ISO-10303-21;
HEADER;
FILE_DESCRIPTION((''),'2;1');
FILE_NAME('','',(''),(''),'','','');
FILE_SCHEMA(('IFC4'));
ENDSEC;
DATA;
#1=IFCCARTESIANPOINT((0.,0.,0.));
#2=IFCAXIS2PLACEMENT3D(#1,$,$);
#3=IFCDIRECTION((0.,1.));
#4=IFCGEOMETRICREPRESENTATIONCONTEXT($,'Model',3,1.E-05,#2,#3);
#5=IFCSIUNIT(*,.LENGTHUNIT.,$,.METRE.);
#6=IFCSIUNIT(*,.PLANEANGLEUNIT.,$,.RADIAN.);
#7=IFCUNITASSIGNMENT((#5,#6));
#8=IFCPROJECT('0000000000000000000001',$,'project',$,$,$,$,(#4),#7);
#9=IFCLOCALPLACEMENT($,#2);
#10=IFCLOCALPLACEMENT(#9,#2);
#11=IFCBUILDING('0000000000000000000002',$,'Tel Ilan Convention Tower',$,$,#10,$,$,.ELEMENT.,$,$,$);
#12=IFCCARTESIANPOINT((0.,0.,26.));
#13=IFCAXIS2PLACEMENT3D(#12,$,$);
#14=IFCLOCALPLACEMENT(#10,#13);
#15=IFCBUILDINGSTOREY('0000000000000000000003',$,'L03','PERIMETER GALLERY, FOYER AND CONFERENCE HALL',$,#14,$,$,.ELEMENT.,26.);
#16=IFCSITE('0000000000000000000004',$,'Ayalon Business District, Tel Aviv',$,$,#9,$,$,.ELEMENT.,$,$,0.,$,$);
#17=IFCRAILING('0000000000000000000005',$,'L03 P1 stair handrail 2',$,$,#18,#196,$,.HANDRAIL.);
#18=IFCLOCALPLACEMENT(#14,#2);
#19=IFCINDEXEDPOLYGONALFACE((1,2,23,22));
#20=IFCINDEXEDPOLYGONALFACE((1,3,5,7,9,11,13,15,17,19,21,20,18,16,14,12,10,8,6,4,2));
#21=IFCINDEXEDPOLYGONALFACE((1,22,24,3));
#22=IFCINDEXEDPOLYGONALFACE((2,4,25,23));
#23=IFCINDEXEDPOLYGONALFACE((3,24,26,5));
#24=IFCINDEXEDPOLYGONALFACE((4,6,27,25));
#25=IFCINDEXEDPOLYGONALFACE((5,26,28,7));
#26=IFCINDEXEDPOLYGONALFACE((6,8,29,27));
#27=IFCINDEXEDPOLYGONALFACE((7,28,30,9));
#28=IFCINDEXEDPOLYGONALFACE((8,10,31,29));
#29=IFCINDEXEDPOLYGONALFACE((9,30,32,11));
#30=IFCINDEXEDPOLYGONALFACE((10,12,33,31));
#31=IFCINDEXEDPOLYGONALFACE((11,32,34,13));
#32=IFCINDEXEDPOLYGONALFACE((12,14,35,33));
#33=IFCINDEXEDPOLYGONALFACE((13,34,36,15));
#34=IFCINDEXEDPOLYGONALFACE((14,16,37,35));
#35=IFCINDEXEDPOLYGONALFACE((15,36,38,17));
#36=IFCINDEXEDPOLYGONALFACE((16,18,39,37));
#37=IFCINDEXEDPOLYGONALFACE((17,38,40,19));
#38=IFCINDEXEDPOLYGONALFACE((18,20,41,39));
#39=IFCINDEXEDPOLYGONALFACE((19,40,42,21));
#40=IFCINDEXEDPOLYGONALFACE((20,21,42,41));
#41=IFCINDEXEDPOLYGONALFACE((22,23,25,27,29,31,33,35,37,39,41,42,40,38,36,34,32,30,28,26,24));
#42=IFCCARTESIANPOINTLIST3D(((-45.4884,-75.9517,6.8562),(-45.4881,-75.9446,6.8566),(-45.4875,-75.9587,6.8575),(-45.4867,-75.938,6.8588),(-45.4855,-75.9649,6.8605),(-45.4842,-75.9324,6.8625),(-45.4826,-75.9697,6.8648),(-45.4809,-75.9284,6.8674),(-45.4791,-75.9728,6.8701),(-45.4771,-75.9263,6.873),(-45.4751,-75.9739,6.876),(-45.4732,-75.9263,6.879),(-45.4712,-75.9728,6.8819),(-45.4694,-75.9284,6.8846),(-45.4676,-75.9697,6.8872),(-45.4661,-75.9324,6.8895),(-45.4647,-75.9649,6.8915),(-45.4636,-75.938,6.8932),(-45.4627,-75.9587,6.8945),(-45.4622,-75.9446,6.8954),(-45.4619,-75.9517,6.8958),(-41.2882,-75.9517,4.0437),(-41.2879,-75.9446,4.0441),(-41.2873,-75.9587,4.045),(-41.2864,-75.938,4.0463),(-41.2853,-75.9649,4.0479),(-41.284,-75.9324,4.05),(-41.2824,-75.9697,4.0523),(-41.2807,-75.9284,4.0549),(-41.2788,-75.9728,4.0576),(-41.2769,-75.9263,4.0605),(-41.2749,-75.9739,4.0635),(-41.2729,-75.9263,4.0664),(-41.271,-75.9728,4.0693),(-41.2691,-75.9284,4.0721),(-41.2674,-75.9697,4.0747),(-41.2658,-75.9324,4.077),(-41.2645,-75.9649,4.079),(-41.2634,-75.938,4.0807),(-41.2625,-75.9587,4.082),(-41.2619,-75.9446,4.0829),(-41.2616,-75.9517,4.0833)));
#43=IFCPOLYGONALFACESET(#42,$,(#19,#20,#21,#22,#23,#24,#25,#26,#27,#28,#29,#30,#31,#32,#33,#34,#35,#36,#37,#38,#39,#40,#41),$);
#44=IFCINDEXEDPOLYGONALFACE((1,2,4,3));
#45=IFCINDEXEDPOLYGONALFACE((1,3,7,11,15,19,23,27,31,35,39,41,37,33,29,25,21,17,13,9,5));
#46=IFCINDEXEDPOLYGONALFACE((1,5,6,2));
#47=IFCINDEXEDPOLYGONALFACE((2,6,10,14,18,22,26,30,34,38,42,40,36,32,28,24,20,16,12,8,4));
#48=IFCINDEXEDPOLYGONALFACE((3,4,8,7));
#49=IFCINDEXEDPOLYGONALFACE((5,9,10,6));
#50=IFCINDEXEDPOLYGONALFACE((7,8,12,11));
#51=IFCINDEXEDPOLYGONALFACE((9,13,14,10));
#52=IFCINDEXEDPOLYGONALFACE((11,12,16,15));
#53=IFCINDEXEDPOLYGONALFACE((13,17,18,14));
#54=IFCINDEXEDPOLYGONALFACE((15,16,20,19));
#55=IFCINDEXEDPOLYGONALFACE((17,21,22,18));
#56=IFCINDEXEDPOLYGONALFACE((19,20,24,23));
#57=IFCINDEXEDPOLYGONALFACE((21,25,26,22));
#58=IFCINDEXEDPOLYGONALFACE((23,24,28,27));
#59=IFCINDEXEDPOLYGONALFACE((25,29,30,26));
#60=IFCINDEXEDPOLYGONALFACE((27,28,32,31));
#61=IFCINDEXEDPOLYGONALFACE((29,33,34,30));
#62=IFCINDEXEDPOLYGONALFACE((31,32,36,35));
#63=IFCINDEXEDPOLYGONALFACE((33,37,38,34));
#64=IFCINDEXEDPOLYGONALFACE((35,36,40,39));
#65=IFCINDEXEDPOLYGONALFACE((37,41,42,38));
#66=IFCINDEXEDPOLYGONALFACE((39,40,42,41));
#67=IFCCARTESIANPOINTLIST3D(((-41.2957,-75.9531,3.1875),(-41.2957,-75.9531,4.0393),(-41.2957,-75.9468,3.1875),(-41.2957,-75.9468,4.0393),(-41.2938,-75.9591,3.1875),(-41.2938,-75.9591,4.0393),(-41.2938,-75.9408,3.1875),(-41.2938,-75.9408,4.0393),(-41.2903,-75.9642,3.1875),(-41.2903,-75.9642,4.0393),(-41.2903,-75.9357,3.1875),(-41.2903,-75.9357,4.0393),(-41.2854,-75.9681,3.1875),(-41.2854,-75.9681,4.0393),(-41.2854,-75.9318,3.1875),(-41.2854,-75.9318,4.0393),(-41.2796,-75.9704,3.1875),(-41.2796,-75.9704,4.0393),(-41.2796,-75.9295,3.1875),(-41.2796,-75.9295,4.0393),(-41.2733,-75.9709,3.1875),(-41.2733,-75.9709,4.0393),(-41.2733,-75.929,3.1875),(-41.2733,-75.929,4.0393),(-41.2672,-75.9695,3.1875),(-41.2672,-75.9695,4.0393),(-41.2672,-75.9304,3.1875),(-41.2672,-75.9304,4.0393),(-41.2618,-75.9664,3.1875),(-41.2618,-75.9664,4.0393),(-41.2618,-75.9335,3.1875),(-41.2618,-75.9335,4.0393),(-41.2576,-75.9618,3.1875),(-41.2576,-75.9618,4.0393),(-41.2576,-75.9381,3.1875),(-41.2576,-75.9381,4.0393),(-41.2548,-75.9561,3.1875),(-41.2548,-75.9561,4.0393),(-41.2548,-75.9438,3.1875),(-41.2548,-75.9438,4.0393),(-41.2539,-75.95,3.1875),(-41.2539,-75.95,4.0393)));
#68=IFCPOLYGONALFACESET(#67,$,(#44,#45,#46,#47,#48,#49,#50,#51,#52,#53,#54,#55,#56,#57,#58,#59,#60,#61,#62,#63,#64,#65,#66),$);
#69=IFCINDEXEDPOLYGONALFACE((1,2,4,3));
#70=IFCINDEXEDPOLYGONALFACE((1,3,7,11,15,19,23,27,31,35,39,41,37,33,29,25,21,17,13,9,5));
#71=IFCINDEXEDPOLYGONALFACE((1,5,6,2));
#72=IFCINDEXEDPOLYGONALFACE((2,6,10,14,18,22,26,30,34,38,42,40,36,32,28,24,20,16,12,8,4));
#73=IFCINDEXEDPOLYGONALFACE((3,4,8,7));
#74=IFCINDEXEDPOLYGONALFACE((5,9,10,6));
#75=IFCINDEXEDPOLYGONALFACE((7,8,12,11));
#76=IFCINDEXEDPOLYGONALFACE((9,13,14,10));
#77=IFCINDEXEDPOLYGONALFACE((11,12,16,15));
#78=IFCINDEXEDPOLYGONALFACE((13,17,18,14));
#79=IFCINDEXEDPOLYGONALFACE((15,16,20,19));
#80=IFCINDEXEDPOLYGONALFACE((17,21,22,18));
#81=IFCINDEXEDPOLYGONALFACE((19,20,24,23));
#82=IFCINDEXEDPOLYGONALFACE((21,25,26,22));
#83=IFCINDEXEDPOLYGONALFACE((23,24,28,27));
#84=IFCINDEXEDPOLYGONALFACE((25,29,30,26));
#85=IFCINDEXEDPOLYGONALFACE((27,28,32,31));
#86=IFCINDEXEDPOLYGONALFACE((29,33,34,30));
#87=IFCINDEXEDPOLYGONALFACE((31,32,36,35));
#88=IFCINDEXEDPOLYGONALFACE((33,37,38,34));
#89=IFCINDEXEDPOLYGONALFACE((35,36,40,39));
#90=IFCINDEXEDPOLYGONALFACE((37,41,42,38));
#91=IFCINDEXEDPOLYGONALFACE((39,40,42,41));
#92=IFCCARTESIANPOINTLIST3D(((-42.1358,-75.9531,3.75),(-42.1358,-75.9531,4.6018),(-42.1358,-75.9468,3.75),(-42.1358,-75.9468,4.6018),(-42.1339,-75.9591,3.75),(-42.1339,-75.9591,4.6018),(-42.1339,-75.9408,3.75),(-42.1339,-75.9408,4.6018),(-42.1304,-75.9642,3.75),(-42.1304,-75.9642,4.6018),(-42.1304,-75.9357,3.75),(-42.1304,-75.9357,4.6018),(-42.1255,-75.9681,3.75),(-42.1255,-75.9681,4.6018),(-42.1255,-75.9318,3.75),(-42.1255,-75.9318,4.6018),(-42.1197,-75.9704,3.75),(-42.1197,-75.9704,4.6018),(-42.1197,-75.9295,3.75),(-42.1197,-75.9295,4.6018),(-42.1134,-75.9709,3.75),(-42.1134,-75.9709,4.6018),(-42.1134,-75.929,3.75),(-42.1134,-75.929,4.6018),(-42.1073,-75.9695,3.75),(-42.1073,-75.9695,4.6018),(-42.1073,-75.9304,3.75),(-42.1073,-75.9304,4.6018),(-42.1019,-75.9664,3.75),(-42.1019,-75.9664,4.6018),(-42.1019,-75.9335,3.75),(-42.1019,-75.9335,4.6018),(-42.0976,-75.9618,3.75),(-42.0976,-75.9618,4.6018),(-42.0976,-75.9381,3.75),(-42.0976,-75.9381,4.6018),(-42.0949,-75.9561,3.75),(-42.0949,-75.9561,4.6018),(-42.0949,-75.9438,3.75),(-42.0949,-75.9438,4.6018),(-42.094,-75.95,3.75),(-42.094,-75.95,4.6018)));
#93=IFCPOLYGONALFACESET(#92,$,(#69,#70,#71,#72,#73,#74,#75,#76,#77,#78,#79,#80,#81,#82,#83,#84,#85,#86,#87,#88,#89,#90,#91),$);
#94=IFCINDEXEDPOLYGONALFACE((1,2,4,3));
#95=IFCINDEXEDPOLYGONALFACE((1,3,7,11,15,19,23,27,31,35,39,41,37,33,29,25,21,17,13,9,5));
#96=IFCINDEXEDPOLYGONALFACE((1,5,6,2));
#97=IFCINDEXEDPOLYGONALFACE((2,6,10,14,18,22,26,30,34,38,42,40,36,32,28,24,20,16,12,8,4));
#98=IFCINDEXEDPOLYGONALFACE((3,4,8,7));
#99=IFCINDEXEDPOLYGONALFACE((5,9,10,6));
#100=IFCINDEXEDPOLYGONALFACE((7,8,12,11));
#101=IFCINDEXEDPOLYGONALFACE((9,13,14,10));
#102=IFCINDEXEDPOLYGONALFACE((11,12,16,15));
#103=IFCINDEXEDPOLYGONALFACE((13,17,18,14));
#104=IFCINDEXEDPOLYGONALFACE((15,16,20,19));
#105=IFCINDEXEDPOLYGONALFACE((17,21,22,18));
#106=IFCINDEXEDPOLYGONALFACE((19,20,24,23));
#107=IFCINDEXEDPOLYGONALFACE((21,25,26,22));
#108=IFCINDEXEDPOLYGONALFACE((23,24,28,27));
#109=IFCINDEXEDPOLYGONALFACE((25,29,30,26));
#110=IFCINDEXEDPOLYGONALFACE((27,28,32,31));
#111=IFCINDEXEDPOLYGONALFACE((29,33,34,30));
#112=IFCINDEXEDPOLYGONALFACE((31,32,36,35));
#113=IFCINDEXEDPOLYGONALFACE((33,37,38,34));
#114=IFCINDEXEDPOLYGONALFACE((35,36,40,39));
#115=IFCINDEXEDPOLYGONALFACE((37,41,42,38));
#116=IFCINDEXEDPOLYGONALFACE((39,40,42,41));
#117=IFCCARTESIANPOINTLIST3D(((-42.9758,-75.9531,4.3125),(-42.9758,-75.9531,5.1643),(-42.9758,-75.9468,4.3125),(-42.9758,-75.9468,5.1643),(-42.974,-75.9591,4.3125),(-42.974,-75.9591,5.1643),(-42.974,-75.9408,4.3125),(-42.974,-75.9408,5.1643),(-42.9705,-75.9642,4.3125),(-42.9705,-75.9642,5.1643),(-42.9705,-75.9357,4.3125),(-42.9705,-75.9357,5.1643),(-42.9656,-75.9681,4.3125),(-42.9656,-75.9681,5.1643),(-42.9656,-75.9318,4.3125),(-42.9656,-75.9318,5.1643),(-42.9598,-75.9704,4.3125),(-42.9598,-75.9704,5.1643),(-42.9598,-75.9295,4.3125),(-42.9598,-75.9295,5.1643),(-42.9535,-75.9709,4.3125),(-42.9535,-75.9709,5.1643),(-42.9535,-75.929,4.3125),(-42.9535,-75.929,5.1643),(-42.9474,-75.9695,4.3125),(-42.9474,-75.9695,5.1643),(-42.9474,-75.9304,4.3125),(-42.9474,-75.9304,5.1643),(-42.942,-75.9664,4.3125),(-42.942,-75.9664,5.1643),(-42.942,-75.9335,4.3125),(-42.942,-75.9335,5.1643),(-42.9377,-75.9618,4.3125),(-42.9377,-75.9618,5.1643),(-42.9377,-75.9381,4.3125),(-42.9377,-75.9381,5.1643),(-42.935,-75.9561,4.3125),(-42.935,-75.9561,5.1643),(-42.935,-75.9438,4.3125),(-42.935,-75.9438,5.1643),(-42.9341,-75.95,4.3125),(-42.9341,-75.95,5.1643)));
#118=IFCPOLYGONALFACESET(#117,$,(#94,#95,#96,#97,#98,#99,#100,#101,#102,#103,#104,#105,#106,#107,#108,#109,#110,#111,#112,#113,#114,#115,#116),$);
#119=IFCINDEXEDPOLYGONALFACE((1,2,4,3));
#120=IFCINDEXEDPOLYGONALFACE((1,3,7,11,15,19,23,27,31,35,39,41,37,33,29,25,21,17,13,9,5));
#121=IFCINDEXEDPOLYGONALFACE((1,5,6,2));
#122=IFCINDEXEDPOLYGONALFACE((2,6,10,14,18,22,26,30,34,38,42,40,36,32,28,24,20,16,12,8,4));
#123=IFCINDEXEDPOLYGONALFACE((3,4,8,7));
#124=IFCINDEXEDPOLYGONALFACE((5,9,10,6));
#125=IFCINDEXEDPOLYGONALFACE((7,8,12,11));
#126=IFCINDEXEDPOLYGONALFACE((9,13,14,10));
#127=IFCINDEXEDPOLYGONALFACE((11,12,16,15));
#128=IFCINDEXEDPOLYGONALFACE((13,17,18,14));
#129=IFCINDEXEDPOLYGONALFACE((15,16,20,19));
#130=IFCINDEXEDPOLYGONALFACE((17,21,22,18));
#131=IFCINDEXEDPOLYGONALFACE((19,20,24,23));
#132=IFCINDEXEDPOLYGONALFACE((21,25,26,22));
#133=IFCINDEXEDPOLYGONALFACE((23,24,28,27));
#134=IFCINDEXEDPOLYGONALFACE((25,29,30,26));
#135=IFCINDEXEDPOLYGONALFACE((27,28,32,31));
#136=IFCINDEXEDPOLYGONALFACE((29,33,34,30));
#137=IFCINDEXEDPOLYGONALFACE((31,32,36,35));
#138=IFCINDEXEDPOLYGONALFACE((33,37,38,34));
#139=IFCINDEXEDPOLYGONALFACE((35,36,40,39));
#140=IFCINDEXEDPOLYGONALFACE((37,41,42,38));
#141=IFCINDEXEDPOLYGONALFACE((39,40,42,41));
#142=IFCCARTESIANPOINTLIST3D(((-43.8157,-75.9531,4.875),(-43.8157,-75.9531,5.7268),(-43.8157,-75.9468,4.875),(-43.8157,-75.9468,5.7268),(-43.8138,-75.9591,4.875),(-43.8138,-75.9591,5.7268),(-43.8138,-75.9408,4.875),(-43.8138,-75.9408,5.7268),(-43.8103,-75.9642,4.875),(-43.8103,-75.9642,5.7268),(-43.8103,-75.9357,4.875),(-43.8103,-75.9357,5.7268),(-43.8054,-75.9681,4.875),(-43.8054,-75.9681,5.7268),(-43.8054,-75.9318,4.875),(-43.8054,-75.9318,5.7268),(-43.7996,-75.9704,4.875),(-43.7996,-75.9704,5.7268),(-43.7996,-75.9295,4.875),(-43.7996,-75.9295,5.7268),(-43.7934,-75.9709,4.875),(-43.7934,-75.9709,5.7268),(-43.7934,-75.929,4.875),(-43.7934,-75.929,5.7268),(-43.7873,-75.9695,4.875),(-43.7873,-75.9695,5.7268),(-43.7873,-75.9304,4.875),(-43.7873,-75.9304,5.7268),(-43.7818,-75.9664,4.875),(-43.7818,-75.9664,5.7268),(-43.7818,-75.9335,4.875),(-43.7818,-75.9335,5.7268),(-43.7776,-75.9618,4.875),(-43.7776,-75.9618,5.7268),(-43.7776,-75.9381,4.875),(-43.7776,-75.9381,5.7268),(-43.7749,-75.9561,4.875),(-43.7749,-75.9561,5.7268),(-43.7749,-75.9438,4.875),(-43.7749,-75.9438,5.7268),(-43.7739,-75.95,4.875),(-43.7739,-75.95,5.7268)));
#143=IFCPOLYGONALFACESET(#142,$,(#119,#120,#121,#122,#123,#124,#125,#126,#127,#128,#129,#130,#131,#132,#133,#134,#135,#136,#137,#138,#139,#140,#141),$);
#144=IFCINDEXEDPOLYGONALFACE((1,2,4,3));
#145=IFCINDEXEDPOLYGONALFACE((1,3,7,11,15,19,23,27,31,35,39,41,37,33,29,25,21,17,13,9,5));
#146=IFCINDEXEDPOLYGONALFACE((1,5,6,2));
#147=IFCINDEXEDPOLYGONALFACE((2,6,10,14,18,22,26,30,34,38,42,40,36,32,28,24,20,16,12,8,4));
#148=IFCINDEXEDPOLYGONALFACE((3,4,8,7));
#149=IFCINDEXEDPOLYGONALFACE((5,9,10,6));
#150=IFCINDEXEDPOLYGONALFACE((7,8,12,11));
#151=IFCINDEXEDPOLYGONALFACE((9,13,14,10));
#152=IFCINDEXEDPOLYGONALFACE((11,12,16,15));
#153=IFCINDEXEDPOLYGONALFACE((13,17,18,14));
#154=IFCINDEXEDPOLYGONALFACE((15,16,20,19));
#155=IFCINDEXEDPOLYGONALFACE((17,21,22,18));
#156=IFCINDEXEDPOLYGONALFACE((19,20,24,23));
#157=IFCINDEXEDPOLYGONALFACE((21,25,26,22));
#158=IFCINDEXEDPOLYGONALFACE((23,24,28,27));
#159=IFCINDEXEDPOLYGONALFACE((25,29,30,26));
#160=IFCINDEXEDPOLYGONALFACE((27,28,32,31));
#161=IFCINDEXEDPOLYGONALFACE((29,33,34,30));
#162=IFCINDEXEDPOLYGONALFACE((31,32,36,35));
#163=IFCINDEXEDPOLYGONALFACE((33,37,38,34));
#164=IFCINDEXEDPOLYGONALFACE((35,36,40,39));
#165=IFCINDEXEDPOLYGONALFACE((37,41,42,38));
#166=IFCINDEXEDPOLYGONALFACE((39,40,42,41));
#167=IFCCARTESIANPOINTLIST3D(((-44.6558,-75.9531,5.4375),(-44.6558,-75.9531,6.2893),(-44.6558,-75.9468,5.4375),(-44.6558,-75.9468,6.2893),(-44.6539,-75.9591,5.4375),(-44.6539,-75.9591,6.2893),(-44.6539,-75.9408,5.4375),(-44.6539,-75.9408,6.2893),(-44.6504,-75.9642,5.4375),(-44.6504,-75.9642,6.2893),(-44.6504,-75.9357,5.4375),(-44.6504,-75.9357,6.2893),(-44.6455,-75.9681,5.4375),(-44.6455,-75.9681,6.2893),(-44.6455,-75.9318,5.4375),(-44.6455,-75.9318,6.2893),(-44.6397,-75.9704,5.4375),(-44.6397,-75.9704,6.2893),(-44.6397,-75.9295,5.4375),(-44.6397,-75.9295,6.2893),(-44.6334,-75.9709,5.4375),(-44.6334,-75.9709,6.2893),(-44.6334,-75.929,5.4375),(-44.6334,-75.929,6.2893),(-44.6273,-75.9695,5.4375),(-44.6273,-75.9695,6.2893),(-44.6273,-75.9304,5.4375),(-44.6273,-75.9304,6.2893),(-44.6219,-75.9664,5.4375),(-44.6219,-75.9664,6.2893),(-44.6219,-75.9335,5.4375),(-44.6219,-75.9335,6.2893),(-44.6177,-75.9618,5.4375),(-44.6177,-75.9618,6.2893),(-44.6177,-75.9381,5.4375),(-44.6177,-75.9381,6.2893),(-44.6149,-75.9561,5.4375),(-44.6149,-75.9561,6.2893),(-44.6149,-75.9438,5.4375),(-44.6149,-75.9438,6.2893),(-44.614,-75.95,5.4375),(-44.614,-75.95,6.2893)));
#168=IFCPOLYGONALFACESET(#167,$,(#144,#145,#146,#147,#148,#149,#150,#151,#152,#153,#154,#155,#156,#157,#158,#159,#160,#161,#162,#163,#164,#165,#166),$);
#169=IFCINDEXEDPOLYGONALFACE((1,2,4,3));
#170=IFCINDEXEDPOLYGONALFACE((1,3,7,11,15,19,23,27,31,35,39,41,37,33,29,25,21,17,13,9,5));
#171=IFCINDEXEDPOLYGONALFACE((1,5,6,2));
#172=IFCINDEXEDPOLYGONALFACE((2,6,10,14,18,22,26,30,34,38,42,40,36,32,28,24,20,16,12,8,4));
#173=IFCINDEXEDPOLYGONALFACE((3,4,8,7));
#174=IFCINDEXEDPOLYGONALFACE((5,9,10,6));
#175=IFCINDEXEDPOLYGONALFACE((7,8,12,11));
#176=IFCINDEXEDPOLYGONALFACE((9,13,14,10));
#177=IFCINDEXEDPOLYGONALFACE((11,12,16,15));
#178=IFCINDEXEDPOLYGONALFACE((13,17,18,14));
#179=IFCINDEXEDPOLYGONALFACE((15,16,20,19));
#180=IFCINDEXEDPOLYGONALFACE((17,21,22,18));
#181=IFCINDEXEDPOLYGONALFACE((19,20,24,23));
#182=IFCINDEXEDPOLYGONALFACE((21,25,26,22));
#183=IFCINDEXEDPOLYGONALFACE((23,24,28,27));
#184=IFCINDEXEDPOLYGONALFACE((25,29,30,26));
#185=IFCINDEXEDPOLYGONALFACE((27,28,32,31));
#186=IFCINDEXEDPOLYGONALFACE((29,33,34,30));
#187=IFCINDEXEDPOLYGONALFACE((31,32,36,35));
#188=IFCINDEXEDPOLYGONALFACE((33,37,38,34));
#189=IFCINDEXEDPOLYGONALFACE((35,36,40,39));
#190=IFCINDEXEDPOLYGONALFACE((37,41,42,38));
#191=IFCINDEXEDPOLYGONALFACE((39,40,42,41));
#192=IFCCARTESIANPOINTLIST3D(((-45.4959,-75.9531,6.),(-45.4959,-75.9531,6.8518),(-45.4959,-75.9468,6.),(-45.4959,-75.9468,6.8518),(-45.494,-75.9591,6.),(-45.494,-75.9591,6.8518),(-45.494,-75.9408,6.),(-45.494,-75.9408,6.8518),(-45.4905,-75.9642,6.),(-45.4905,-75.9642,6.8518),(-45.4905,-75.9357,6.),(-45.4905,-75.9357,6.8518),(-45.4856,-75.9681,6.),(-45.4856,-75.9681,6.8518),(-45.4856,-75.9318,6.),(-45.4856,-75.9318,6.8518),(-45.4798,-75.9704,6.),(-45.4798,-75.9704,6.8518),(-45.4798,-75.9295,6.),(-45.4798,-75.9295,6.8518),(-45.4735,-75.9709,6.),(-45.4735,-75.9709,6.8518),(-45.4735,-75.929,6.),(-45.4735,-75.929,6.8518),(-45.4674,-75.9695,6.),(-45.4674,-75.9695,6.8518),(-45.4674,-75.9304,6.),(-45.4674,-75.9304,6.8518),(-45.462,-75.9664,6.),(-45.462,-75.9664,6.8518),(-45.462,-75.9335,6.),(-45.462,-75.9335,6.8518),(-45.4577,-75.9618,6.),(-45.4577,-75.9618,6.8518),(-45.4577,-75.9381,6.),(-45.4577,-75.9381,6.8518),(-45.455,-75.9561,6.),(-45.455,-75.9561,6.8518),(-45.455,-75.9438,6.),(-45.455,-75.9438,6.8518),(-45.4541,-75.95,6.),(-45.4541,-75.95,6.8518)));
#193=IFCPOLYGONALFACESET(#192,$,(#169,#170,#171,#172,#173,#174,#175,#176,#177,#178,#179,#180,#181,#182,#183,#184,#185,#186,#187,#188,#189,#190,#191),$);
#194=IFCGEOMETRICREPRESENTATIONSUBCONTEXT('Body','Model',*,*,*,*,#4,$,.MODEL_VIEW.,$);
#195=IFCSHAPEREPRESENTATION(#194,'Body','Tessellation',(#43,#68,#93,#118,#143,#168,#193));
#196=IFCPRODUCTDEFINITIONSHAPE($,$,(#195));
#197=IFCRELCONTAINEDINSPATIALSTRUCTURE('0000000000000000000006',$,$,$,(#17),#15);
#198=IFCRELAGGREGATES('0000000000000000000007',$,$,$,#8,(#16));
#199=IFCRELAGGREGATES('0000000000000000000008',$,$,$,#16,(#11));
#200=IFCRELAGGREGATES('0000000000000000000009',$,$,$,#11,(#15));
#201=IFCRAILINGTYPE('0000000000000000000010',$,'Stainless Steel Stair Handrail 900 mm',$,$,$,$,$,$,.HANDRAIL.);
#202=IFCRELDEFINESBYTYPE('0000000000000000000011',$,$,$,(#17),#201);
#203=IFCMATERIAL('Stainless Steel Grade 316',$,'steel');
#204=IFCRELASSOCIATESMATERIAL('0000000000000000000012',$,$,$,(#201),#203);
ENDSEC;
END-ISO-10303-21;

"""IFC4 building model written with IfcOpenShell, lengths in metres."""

from ifc_helpers import new_model, si_unit, direction, frame, origin, origin_2d, place, context, subcontext, project, spatial, circle, extrude, material, type_object, element, save


model = new_model("IFC4")

# Units and contexts
model_context = context("Model", 3, precision=1e-05, world=origin(), true_north=direction((0.0, 1.0)))
body_context = subcontext(model_context, "Body", "Model", "MODEL_VIEW")
ifc_project = project(units=[si_unit("LENGTHUNIT", "METRE"), si_unit("PLANEANGLEUNIT", "RADIAN")], contexts=[model_context])

# Site, building, storey
site_placement = place(None, origin())
site = spatial("IfcSite", under=ifc_project, at=site_placement, Name="Ayalon Business District, Tel Aviv", CompositionType="ELEMENT", RefElevation=0.0)
building_placement = place(site_placement, origin())
building = spatial("IfcBuilding", under=site, at=building_placement, Name="Tel Ilan Convention Tower", CompositionType="ELEMENT")
storey_placement = place(building_placement, frame((0.0, 0.0, 26.0)))
storey = spatial("IfcBuildingStorey", under=building, at=storey_placement, Name="L03", Description="PERIMETER GALLERY, FOYER AND CONFERENCE HALL", CompositionType="ELEMENT", Elevation=26.0)

# Railing
ifc_material_1 = material(Name="Stainless Steel Grade 316", Category="steel")
railing_type_1 = type_object("IfcRailingType", Name="Stainless Steel Stair Handrail 900 mm", PredefinedType="HANDRAIL", material=ifc_material_1)
railing_1_placement = place(storey_placement, frame((-41.2749, -75.95, 3.1875)))
element("IfcRailing", 1, at=railing_1_placement, inside=storey, type_object=railing_type_1, Name="L03 P1 stair handrail 2", PredefinedType="HANDRAIL", context=body_context, shape_type="SweptSolid", body=[
    extrude(circle(Radius=0.0239, at=origin_2d()), frame((0.0, 0.0, 0.876), z_axis=(-0.830919, 0.0, 0.556393), x_axis=(0.0, -1.0, 0.0)), (0.0, 0.0, 1.0), 5.0549),
    extrude(circle(Radius=0.021, at=origin_2d()), origin(), (0.0, 0.0, 1.0), 0.8518),
    extrude(circle(Radius=0.021, at=origin_2d()), frame((-0.8401, 0.0, 0.5625)), (0.0, 0.0, 1.0), 0.8518),
    extrude(circle(Radius=0.021, at=origin_2d()), frame((-1.6802, 0.0, 1.125)), (0.0, 0.0, 1.0), 0.8518),
    extrude(circle(Radius=0.021, at=origin_2d()), frame((-2.52, 0.0, 1.6875)), (0.0, 0.0, 1.0), 0.8518),
    extrude(circle(Radius=0.021, at=origin_2d()), frame((-3.3601, 0.0, 2.25)), (0.0, 0.0, 1.0), 0.8518),
    extrude(circle(Radius=0.021, at=origin_2d()), frame((-4.2002, 0.0, 2.8125)), (0.0, 0.0, 1.0), 0.8518),
])

save(model, "model.ifc")
